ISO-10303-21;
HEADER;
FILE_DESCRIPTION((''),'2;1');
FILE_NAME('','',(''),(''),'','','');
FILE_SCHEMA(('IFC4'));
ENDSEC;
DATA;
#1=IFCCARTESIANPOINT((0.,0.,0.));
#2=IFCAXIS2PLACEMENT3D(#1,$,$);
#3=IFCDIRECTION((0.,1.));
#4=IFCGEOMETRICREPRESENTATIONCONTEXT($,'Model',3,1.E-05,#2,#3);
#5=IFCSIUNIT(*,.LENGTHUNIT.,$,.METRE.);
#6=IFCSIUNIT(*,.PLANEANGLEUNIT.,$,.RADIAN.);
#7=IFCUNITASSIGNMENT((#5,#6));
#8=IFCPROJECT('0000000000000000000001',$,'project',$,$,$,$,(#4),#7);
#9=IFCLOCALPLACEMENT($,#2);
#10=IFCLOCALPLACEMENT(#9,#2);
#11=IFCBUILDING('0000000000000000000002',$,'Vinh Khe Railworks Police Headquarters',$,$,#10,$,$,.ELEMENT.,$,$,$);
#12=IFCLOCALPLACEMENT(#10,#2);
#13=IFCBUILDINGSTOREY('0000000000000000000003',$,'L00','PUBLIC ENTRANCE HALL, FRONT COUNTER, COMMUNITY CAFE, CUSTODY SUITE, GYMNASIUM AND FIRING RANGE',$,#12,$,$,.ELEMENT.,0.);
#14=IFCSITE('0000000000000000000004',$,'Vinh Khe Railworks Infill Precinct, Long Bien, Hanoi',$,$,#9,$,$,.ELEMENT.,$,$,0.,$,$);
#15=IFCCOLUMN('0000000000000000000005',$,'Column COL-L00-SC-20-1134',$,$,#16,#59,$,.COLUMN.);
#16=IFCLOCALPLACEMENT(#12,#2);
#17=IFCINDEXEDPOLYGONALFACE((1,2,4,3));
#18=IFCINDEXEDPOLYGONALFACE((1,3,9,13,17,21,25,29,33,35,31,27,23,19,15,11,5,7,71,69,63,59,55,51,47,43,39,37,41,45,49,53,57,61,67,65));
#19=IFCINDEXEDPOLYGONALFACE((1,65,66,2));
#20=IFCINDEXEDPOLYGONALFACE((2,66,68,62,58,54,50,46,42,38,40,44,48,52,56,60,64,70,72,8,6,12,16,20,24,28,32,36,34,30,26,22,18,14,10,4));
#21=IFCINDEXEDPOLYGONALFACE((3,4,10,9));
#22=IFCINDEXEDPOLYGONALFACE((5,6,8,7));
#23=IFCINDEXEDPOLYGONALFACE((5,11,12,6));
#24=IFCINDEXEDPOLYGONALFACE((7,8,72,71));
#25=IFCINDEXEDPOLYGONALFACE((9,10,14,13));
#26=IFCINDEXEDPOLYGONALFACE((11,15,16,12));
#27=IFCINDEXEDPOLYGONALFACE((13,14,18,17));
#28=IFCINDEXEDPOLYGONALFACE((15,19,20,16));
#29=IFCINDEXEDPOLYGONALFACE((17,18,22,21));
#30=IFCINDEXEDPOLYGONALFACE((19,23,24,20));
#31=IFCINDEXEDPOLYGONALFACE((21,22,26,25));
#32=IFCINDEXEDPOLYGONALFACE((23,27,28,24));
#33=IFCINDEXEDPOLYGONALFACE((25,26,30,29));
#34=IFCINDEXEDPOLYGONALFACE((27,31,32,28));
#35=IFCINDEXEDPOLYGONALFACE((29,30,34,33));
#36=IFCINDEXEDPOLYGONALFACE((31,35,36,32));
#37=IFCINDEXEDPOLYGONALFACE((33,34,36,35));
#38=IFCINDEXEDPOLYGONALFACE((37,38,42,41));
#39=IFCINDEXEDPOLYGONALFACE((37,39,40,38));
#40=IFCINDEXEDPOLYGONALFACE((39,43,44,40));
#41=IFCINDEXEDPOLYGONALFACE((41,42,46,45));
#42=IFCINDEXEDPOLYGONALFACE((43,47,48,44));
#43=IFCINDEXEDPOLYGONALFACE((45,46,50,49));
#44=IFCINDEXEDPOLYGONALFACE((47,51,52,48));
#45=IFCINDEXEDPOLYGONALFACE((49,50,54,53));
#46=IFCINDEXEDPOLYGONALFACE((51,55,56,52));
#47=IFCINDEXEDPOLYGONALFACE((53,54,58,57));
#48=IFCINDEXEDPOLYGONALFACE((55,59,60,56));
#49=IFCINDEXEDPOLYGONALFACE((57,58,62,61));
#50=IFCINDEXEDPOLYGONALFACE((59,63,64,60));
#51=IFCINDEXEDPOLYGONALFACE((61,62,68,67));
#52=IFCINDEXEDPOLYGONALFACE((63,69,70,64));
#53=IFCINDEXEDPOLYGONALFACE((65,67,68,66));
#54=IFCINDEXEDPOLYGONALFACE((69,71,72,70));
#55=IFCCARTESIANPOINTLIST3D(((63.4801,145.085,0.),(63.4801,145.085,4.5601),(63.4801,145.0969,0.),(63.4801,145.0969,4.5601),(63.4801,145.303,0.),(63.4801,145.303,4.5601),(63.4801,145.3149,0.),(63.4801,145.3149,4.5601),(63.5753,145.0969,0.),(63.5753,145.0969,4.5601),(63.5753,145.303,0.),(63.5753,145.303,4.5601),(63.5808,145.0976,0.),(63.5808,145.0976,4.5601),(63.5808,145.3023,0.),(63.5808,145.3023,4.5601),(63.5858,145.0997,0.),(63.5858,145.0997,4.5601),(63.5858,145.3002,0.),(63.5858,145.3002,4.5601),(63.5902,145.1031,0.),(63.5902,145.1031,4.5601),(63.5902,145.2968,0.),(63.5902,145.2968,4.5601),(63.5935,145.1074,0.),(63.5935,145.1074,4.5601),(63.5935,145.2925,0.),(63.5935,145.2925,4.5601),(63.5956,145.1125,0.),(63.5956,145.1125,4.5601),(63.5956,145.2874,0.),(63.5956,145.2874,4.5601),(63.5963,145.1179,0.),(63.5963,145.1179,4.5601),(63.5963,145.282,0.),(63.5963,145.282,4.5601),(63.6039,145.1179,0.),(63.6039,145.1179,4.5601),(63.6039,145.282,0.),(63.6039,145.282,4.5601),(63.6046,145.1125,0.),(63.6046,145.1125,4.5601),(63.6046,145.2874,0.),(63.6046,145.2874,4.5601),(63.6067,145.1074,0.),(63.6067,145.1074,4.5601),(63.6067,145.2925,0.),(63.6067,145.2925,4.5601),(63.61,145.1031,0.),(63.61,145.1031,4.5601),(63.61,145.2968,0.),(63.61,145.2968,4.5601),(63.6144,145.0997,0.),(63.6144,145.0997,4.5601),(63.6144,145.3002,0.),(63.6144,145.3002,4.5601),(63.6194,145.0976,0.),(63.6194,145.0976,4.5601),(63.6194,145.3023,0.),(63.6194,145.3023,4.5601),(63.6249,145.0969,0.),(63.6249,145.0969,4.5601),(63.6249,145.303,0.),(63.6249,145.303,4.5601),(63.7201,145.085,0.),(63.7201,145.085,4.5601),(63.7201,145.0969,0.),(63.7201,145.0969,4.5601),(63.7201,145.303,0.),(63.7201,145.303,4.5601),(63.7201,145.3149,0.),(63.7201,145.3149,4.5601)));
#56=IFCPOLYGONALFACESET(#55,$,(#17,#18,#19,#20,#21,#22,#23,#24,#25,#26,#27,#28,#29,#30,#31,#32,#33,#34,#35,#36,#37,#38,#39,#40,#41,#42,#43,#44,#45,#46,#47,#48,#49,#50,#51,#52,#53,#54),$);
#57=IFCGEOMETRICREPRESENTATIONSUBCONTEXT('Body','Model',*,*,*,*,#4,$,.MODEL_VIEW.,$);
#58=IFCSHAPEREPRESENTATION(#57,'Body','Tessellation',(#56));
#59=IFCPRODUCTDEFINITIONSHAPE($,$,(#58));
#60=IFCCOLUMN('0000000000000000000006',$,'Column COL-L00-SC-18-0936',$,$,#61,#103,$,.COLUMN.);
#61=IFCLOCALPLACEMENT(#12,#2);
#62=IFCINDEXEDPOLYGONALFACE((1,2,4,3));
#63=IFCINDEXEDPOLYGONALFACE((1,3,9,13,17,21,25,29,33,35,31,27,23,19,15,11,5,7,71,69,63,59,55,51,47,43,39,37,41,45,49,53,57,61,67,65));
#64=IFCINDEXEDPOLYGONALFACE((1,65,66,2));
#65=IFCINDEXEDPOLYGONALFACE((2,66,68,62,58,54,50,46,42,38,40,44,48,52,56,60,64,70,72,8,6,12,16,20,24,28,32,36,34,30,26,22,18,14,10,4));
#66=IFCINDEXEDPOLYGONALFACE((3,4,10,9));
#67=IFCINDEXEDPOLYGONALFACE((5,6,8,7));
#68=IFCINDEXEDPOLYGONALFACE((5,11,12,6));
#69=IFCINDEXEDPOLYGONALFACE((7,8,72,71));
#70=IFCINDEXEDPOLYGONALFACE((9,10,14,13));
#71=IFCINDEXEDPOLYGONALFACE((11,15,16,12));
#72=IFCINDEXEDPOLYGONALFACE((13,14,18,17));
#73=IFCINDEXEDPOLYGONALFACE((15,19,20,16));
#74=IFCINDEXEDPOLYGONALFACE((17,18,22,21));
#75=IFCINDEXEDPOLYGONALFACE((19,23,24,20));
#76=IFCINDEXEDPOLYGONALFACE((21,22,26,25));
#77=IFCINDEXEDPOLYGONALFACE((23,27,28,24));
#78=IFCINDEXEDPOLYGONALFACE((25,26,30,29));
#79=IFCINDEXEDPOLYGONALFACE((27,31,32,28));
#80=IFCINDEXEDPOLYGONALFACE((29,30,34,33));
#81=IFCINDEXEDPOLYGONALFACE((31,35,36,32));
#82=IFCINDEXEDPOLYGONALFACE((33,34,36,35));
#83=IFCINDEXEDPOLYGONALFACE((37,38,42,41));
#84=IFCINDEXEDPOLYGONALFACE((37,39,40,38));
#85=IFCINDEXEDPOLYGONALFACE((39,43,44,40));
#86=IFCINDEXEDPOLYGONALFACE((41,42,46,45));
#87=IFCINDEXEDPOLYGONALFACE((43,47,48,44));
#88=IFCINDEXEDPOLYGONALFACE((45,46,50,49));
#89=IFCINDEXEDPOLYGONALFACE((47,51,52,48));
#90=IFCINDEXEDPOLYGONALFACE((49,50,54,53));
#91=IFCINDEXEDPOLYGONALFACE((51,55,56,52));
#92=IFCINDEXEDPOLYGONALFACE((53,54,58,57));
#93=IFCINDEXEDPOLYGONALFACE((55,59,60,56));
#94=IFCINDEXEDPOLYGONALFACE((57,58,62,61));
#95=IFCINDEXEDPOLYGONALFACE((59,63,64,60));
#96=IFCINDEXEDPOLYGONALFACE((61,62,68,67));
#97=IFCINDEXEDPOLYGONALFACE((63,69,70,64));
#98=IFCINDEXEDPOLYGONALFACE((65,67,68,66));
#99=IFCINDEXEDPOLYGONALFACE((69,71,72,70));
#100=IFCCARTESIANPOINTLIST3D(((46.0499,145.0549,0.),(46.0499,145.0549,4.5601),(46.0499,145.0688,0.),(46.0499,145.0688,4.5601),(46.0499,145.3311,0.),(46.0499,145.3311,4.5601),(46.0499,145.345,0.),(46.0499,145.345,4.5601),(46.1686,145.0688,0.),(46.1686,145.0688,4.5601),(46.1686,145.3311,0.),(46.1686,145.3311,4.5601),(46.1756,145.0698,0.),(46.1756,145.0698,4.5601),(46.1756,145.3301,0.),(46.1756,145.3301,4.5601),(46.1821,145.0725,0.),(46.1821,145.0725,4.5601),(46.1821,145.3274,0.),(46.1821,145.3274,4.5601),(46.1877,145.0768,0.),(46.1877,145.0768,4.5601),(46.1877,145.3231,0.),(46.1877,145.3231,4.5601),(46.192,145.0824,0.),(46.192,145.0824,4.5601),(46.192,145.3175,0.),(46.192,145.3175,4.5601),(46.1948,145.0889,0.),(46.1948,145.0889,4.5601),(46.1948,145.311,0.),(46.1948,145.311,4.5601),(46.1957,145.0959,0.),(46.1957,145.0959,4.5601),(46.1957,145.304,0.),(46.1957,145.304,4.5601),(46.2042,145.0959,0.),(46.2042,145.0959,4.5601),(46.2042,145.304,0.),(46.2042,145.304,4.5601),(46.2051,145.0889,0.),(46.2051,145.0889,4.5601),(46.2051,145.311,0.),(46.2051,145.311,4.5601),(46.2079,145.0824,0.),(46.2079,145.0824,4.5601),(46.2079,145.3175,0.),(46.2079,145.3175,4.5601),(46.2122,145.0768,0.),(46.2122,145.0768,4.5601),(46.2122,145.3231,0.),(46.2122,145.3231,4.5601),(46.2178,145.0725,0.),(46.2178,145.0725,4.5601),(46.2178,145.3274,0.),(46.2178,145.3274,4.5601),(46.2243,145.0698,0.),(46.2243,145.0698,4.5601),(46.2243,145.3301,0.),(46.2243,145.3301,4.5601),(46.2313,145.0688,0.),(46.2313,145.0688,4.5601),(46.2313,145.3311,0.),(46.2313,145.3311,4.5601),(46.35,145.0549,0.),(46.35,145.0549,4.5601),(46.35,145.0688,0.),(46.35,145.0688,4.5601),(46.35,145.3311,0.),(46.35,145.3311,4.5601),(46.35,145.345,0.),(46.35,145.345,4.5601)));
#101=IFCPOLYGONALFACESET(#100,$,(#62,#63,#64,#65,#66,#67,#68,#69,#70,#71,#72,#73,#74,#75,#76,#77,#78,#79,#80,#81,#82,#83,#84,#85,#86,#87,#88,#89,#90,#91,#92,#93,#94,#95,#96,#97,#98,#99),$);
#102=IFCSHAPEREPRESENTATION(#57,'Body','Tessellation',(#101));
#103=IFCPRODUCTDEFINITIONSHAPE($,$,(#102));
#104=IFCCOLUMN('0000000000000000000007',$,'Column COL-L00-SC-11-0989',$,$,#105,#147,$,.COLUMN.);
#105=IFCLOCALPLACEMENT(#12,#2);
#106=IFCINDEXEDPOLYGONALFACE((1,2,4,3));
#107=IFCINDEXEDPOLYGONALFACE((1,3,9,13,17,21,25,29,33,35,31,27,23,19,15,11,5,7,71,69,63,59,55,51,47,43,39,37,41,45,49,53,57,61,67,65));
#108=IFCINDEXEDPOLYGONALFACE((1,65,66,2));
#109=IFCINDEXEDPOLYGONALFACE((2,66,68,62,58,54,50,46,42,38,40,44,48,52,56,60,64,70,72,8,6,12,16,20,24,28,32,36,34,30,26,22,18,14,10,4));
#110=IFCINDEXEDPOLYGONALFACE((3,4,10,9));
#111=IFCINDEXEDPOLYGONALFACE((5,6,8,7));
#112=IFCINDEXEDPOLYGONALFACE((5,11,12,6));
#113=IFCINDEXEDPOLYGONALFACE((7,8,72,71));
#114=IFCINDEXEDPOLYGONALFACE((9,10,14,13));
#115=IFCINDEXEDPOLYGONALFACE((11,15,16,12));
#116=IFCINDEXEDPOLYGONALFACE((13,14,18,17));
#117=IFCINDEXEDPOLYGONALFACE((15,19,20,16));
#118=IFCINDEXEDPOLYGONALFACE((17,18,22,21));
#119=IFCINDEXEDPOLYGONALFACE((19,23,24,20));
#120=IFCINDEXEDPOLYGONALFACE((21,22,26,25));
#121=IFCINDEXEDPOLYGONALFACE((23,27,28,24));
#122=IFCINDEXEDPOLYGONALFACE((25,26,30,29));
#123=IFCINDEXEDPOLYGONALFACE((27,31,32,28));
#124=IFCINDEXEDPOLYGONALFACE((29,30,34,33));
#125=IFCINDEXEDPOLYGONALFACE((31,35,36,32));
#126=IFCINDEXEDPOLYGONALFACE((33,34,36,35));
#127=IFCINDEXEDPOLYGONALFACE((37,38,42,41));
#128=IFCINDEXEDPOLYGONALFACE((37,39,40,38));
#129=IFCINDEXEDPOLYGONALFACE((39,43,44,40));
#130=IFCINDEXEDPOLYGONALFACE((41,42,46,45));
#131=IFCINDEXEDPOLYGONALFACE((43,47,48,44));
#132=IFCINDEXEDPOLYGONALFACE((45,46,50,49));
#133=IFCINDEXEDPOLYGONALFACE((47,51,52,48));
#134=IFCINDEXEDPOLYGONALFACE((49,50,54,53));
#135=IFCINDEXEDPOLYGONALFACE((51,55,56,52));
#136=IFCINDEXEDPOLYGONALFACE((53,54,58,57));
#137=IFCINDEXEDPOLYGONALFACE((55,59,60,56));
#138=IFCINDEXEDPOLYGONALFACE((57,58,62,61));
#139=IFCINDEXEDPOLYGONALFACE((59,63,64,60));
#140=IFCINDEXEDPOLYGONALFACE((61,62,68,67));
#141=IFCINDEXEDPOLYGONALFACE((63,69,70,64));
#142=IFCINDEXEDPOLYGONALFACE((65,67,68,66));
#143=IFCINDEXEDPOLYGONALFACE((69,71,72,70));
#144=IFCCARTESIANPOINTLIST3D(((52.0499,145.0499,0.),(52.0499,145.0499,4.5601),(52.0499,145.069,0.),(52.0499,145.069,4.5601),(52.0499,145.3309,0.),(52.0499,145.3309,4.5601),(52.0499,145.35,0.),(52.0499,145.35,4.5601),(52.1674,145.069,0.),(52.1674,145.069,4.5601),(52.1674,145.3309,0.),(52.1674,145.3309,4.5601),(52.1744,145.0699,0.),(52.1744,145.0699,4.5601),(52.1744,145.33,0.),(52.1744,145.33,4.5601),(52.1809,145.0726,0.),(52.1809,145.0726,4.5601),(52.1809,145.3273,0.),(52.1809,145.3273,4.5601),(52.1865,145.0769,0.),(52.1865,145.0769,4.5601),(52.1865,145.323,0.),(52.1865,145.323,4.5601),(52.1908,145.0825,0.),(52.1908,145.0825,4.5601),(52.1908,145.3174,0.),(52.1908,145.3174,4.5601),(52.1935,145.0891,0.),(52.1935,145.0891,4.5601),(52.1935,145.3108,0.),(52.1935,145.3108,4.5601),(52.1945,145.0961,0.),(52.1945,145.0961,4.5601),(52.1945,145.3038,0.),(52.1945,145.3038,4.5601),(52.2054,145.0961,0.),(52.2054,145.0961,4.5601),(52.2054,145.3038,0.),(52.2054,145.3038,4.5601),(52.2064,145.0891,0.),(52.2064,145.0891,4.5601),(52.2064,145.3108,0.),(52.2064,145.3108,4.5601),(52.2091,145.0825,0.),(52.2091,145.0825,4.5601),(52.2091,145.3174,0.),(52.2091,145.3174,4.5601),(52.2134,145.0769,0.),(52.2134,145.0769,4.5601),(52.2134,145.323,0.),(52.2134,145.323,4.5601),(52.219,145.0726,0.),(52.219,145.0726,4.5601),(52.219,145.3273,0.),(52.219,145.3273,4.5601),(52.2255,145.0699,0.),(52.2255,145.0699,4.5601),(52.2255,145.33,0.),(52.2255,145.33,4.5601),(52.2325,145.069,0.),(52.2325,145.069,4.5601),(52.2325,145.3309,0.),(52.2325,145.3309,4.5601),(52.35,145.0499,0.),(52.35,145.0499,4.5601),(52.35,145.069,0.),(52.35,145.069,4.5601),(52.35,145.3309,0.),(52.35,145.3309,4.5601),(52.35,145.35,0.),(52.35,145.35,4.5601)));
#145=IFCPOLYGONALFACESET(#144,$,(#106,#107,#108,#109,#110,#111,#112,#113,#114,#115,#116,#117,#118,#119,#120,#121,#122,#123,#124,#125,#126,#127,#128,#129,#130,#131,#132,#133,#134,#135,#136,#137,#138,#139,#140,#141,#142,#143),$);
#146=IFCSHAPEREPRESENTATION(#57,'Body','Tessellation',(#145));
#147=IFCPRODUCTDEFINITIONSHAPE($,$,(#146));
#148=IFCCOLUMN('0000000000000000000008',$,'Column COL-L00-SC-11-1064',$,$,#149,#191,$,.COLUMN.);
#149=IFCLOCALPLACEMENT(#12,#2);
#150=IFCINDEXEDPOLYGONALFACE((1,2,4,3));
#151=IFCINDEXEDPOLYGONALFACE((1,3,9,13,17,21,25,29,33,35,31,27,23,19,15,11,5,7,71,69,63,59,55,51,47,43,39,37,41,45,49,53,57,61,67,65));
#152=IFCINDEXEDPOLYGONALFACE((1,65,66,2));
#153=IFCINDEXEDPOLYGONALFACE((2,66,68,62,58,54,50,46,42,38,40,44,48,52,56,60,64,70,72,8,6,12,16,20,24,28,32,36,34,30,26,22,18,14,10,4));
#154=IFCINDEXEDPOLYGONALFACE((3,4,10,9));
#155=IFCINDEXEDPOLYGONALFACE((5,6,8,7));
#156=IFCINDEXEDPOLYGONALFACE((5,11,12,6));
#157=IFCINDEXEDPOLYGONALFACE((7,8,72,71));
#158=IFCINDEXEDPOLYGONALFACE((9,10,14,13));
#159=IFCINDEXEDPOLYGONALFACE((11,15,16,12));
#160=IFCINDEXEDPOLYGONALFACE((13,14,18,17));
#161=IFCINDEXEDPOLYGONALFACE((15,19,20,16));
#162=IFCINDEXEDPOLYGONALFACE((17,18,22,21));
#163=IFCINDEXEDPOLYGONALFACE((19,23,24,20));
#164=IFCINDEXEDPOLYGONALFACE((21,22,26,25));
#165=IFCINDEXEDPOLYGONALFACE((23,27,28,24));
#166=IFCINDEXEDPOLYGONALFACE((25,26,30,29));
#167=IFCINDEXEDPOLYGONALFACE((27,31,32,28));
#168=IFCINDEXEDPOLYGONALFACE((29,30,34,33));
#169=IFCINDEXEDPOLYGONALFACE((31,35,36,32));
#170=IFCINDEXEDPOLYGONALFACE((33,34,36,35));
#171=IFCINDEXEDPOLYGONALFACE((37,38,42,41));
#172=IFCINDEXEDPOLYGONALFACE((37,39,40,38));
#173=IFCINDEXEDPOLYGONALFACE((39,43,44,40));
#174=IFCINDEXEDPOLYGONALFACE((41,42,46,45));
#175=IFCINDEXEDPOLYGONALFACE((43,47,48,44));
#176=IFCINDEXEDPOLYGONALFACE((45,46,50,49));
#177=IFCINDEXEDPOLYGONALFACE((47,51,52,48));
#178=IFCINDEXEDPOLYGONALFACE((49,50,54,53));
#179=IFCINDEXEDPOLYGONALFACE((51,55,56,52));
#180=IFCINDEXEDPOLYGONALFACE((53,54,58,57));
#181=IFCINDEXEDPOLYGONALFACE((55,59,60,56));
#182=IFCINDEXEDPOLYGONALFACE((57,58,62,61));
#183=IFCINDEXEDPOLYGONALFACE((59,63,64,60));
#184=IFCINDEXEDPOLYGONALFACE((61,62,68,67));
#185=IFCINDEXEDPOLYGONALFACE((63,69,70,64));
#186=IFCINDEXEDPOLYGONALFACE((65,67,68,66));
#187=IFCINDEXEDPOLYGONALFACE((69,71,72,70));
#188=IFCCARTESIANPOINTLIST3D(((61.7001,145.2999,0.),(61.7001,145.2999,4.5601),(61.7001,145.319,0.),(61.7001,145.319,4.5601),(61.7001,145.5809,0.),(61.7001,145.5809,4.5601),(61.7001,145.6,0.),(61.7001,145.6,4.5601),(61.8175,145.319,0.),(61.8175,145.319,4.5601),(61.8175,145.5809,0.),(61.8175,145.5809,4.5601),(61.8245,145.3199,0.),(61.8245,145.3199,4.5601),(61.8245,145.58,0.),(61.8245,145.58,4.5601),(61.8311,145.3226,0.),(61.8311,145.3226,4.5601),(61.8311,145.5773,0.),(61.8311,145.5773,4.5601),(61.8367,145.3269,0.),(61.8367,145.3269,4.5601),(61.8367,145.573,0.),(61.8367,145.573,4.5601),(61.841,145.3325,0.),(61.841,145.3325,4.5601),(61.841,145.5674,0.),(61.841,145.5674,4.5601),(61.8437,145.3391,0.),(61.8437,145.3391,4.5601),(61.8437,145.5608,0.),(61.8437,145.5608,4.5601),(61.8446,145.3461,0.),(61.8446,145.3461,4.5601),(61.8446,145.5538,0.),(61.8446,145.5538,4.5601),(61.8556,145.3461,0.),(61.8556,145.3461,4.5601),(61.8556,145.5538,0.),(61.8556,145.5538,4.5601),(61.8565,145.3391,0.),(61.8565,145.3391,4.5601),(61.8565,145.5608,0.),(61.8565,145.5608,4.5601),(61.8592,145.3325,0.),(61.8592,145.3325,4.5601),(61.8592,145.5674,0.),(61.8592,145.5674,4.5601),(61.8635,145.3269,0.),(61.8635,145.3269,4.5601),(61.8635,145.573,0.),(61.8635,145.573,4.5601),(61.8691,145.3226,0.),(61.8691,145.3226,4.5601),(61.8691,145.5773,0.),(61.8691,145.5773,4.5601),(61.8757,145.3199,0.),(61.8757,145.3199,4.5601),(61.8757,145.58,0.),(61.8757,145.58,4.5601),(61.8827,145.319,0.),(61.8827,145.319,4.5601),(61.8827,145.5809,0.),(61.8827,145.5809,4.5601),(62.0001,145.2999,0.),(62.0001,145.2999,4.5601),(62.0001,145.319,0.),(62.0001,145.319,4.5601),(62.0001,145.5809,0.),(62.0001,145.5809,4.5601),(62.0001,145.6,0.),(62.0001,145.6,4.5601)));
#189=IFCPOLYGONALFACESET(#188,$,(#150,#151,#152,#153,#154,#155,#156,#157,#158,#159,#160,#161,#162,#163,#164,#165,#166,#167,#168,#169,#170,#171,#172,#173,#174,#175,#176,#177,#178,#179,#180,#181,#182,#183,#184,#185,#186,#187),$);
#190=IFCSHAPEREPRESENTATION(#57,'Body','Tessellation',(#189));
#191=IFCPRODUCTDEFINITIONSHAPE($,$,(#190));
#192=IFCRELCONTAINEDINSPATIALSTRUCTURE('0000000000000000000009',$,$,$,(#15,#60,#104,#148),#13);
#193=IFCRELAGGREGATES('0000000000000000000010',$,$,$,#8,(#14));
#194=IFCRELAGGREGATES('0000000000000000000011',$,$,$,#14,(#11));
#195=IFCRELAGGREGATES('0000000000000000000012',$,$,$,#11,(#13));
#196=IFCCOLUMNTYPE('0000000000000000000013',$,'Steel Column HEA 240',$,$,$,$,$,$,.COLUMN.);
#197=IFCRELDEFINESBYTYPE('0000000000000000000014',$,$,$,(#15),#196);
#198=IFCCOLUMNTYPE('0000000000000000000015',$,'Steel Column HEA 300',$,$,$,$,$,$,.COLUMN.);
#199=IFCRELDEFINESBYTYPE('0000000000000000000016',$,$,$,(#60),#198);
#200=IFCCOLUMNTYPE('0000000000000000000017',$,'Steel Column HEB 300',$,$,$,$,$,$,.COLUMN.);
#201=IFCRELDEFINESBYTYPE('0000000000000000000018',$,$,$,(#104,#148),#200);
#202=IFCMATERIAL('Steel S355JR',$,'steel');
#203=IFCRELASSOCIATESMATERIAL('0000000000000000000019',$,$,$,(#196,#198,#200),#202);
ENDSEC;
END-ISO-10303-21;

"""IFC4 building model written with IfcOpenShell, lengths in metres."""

from ifc_helpers import new_model, si_unit, direction, frame, origin, origin_2d, place, context, subcontext, project, spatial, i_section, extrude, material, material_profile, profile_set, type_object, element, save


model = new_model("IFC4")

# Units and contexts
model_context = context("Model", 3, precision=1e-05, world=origin(), true_north=direction((0.0, 1.0)))
body_context = subcontext(model_context, "Body", "Model", "MODEL_VIEW")
ifc_project = project(units=[si_unit("LENGTHUNIT", "METRE"), si_unit("PLANEANGLEUNIT", "RADIAN")], contexts=[model_context])

# Site, building, storey
site_placement = place(None, origin())
site = spatial("IfcSite", under=ifc_project, at=site_placement, Name="Vinh Khe Railworks Infill Precinct, Long Bien, Hanoi", CompositionType="ELEMENT", RefElevation=0.0)
building_placement = place(site_placement, origin())
building = spatial("IfcBuilding", under=site, at=building_placement, Name="Vinh Khe Railworks Police Headquarters", CompositionType="ELEMENT")
storey_placement = place(building_placement, origin())
storey = spatial("IfcBuildingStorey", under=building, at=storey_placement, Name="L00", Description="PUBLIC ENTRANCE HALL, FRONT COUNTER, COMMUNITY CAFE, CUSTODY SUITE, GYMNASIUM AND FIRING RANGE", CompositionType="ELEMENT", Elevation=0.0)

# Columns
ifc_material_1 = material(Name="Steel S355JR", Category="steel")
ifc_material_profile_1 = material_profile(ifc_material_1, i_section(OverallWidth=0.24, OverallDepth=0.23, WebThickness=0.0076, FlangeThickness=0.012, FilletRadius=0.021, at=origin_2d()), Name="HEA 240")
ifc_profile_set_1 = profile_set([ifc_material_profile_1], Name="Steel S355JR")
column_type_1 = type_object("IfcColumnType", Name="Steel Column HEA 240", PredefinedType="COLUMN", material=ifc_profile_set_1)
column_1_placement = place(storey_placement, frame((63.6001, 145.2, 0.0), z_axis=(0.0, 0.0, 1.0), x_axis=(1.0, 0.0, 0.0)))
element("IfcColumn", 1, at=column_1_placement, inside=storey, type_object=column_type_1, Name="Column COL-L00-SC-20-1134", PredefinedType="COLUMN", context=body_context, shape_type="SweptSolid", body=[
    extrude(i_section(OverallWidth=0.24, OverallDepth=0.23, WebThickness=0.0076, FlangeThickness=0.012, FilletRadius=0.021, at=origin_2d()), origin(), (0.0, 0.0, 1.0), 4.5601),
])
ifc_material_profile_2 = material_profile(ifc_material_1, i_section(OverallWidth=0.3, OverallDepth=0.29, WebThickness=0.0085, FlangeThickness=0.0139, FilletRadius=0.0271, at=origin_2d()), Name="HEA 300")
ifc_profile_set_2 = profile_set([ifc_material_profile_2], Name="Steel S355JR")
column_type_2 = type_object("IfcColumnType", Name="Steel Column HEA 300", PredefinedType="COLUMN", material=ifc_profile_set_2)
column_2_placement = place(storey_placement, frame((46.2, 145.2, 0.0), z_axis=(0.0, 0.0, 1.0), x_axis=(1.0, 0.0, 0.0)))
element("IfcColumn", 2, at=column_2_placement, inside=storey, type_object=column_type_2, Name="Column COL-L00-SC-18-0936", PredefinedType="COLUMN", context=body_context, shape_type="SweptSolid", body=[
    extrude(i_section(OverallWidth=0.3, OverallDepth=0.29, WebThickness=0.0085, FlangeThickness=0.0139, FilletRadius=0.0271, at=origin_2d()), origin(), (0.0, 0.0, 1.0), 4.5601),
])
ifc_material_profile_3 = material_profile(ifc_material_1, i_section(OverallWidth=0.3, OverallDepth=0.3, WebThickness=0.011, FlangeThickness=0.019, FilletRadius=0.0271, at=origin_2d()), Name="HEB 300")
ifc_profile_set_3 = profile_set([ifc_material_profile_3], Name="Steel S355JR")
column_type_3 = type_object("IfcColumnType", Name="Steel Column HEB 300", PredefinedType="COLUMN", material=ifc_profile_set_3)
for number, where, z_axis, x_axis, name in (
    (3, (52.2, 145.2, 0.0), (0.0, 0.0, 1.0), (1.0, 0.0, 0.0), "Column COL-L00-SC-11-0989"),
    (4, (61.8501, 145.45, 0.0), (0.0, 0.0, 1.0), (1.0, 0.0, 0.0), "Column COL-L00-SC-11-1064"),
):
    element("IfcColumn", number, at=place(storey_placement, frame(where, z_axis=z_axis, x_axis=x_axis)), inside=storey, type_object=column_type_3, Name=name, PredefinedType="COLUMN", context=body_context, shape_type="SweptSolid", body=[
        extrude(i_section(OverallWidth=0.3, OverallDepth=0.3, WebThickness=0.011, FlangeThickness=0.019, FilletRadius=0.0271, at=origin_2d()), origin(), (0.0, 0.0, 1.0), 4.5601),
    ])

save(model, "model.ifc")
